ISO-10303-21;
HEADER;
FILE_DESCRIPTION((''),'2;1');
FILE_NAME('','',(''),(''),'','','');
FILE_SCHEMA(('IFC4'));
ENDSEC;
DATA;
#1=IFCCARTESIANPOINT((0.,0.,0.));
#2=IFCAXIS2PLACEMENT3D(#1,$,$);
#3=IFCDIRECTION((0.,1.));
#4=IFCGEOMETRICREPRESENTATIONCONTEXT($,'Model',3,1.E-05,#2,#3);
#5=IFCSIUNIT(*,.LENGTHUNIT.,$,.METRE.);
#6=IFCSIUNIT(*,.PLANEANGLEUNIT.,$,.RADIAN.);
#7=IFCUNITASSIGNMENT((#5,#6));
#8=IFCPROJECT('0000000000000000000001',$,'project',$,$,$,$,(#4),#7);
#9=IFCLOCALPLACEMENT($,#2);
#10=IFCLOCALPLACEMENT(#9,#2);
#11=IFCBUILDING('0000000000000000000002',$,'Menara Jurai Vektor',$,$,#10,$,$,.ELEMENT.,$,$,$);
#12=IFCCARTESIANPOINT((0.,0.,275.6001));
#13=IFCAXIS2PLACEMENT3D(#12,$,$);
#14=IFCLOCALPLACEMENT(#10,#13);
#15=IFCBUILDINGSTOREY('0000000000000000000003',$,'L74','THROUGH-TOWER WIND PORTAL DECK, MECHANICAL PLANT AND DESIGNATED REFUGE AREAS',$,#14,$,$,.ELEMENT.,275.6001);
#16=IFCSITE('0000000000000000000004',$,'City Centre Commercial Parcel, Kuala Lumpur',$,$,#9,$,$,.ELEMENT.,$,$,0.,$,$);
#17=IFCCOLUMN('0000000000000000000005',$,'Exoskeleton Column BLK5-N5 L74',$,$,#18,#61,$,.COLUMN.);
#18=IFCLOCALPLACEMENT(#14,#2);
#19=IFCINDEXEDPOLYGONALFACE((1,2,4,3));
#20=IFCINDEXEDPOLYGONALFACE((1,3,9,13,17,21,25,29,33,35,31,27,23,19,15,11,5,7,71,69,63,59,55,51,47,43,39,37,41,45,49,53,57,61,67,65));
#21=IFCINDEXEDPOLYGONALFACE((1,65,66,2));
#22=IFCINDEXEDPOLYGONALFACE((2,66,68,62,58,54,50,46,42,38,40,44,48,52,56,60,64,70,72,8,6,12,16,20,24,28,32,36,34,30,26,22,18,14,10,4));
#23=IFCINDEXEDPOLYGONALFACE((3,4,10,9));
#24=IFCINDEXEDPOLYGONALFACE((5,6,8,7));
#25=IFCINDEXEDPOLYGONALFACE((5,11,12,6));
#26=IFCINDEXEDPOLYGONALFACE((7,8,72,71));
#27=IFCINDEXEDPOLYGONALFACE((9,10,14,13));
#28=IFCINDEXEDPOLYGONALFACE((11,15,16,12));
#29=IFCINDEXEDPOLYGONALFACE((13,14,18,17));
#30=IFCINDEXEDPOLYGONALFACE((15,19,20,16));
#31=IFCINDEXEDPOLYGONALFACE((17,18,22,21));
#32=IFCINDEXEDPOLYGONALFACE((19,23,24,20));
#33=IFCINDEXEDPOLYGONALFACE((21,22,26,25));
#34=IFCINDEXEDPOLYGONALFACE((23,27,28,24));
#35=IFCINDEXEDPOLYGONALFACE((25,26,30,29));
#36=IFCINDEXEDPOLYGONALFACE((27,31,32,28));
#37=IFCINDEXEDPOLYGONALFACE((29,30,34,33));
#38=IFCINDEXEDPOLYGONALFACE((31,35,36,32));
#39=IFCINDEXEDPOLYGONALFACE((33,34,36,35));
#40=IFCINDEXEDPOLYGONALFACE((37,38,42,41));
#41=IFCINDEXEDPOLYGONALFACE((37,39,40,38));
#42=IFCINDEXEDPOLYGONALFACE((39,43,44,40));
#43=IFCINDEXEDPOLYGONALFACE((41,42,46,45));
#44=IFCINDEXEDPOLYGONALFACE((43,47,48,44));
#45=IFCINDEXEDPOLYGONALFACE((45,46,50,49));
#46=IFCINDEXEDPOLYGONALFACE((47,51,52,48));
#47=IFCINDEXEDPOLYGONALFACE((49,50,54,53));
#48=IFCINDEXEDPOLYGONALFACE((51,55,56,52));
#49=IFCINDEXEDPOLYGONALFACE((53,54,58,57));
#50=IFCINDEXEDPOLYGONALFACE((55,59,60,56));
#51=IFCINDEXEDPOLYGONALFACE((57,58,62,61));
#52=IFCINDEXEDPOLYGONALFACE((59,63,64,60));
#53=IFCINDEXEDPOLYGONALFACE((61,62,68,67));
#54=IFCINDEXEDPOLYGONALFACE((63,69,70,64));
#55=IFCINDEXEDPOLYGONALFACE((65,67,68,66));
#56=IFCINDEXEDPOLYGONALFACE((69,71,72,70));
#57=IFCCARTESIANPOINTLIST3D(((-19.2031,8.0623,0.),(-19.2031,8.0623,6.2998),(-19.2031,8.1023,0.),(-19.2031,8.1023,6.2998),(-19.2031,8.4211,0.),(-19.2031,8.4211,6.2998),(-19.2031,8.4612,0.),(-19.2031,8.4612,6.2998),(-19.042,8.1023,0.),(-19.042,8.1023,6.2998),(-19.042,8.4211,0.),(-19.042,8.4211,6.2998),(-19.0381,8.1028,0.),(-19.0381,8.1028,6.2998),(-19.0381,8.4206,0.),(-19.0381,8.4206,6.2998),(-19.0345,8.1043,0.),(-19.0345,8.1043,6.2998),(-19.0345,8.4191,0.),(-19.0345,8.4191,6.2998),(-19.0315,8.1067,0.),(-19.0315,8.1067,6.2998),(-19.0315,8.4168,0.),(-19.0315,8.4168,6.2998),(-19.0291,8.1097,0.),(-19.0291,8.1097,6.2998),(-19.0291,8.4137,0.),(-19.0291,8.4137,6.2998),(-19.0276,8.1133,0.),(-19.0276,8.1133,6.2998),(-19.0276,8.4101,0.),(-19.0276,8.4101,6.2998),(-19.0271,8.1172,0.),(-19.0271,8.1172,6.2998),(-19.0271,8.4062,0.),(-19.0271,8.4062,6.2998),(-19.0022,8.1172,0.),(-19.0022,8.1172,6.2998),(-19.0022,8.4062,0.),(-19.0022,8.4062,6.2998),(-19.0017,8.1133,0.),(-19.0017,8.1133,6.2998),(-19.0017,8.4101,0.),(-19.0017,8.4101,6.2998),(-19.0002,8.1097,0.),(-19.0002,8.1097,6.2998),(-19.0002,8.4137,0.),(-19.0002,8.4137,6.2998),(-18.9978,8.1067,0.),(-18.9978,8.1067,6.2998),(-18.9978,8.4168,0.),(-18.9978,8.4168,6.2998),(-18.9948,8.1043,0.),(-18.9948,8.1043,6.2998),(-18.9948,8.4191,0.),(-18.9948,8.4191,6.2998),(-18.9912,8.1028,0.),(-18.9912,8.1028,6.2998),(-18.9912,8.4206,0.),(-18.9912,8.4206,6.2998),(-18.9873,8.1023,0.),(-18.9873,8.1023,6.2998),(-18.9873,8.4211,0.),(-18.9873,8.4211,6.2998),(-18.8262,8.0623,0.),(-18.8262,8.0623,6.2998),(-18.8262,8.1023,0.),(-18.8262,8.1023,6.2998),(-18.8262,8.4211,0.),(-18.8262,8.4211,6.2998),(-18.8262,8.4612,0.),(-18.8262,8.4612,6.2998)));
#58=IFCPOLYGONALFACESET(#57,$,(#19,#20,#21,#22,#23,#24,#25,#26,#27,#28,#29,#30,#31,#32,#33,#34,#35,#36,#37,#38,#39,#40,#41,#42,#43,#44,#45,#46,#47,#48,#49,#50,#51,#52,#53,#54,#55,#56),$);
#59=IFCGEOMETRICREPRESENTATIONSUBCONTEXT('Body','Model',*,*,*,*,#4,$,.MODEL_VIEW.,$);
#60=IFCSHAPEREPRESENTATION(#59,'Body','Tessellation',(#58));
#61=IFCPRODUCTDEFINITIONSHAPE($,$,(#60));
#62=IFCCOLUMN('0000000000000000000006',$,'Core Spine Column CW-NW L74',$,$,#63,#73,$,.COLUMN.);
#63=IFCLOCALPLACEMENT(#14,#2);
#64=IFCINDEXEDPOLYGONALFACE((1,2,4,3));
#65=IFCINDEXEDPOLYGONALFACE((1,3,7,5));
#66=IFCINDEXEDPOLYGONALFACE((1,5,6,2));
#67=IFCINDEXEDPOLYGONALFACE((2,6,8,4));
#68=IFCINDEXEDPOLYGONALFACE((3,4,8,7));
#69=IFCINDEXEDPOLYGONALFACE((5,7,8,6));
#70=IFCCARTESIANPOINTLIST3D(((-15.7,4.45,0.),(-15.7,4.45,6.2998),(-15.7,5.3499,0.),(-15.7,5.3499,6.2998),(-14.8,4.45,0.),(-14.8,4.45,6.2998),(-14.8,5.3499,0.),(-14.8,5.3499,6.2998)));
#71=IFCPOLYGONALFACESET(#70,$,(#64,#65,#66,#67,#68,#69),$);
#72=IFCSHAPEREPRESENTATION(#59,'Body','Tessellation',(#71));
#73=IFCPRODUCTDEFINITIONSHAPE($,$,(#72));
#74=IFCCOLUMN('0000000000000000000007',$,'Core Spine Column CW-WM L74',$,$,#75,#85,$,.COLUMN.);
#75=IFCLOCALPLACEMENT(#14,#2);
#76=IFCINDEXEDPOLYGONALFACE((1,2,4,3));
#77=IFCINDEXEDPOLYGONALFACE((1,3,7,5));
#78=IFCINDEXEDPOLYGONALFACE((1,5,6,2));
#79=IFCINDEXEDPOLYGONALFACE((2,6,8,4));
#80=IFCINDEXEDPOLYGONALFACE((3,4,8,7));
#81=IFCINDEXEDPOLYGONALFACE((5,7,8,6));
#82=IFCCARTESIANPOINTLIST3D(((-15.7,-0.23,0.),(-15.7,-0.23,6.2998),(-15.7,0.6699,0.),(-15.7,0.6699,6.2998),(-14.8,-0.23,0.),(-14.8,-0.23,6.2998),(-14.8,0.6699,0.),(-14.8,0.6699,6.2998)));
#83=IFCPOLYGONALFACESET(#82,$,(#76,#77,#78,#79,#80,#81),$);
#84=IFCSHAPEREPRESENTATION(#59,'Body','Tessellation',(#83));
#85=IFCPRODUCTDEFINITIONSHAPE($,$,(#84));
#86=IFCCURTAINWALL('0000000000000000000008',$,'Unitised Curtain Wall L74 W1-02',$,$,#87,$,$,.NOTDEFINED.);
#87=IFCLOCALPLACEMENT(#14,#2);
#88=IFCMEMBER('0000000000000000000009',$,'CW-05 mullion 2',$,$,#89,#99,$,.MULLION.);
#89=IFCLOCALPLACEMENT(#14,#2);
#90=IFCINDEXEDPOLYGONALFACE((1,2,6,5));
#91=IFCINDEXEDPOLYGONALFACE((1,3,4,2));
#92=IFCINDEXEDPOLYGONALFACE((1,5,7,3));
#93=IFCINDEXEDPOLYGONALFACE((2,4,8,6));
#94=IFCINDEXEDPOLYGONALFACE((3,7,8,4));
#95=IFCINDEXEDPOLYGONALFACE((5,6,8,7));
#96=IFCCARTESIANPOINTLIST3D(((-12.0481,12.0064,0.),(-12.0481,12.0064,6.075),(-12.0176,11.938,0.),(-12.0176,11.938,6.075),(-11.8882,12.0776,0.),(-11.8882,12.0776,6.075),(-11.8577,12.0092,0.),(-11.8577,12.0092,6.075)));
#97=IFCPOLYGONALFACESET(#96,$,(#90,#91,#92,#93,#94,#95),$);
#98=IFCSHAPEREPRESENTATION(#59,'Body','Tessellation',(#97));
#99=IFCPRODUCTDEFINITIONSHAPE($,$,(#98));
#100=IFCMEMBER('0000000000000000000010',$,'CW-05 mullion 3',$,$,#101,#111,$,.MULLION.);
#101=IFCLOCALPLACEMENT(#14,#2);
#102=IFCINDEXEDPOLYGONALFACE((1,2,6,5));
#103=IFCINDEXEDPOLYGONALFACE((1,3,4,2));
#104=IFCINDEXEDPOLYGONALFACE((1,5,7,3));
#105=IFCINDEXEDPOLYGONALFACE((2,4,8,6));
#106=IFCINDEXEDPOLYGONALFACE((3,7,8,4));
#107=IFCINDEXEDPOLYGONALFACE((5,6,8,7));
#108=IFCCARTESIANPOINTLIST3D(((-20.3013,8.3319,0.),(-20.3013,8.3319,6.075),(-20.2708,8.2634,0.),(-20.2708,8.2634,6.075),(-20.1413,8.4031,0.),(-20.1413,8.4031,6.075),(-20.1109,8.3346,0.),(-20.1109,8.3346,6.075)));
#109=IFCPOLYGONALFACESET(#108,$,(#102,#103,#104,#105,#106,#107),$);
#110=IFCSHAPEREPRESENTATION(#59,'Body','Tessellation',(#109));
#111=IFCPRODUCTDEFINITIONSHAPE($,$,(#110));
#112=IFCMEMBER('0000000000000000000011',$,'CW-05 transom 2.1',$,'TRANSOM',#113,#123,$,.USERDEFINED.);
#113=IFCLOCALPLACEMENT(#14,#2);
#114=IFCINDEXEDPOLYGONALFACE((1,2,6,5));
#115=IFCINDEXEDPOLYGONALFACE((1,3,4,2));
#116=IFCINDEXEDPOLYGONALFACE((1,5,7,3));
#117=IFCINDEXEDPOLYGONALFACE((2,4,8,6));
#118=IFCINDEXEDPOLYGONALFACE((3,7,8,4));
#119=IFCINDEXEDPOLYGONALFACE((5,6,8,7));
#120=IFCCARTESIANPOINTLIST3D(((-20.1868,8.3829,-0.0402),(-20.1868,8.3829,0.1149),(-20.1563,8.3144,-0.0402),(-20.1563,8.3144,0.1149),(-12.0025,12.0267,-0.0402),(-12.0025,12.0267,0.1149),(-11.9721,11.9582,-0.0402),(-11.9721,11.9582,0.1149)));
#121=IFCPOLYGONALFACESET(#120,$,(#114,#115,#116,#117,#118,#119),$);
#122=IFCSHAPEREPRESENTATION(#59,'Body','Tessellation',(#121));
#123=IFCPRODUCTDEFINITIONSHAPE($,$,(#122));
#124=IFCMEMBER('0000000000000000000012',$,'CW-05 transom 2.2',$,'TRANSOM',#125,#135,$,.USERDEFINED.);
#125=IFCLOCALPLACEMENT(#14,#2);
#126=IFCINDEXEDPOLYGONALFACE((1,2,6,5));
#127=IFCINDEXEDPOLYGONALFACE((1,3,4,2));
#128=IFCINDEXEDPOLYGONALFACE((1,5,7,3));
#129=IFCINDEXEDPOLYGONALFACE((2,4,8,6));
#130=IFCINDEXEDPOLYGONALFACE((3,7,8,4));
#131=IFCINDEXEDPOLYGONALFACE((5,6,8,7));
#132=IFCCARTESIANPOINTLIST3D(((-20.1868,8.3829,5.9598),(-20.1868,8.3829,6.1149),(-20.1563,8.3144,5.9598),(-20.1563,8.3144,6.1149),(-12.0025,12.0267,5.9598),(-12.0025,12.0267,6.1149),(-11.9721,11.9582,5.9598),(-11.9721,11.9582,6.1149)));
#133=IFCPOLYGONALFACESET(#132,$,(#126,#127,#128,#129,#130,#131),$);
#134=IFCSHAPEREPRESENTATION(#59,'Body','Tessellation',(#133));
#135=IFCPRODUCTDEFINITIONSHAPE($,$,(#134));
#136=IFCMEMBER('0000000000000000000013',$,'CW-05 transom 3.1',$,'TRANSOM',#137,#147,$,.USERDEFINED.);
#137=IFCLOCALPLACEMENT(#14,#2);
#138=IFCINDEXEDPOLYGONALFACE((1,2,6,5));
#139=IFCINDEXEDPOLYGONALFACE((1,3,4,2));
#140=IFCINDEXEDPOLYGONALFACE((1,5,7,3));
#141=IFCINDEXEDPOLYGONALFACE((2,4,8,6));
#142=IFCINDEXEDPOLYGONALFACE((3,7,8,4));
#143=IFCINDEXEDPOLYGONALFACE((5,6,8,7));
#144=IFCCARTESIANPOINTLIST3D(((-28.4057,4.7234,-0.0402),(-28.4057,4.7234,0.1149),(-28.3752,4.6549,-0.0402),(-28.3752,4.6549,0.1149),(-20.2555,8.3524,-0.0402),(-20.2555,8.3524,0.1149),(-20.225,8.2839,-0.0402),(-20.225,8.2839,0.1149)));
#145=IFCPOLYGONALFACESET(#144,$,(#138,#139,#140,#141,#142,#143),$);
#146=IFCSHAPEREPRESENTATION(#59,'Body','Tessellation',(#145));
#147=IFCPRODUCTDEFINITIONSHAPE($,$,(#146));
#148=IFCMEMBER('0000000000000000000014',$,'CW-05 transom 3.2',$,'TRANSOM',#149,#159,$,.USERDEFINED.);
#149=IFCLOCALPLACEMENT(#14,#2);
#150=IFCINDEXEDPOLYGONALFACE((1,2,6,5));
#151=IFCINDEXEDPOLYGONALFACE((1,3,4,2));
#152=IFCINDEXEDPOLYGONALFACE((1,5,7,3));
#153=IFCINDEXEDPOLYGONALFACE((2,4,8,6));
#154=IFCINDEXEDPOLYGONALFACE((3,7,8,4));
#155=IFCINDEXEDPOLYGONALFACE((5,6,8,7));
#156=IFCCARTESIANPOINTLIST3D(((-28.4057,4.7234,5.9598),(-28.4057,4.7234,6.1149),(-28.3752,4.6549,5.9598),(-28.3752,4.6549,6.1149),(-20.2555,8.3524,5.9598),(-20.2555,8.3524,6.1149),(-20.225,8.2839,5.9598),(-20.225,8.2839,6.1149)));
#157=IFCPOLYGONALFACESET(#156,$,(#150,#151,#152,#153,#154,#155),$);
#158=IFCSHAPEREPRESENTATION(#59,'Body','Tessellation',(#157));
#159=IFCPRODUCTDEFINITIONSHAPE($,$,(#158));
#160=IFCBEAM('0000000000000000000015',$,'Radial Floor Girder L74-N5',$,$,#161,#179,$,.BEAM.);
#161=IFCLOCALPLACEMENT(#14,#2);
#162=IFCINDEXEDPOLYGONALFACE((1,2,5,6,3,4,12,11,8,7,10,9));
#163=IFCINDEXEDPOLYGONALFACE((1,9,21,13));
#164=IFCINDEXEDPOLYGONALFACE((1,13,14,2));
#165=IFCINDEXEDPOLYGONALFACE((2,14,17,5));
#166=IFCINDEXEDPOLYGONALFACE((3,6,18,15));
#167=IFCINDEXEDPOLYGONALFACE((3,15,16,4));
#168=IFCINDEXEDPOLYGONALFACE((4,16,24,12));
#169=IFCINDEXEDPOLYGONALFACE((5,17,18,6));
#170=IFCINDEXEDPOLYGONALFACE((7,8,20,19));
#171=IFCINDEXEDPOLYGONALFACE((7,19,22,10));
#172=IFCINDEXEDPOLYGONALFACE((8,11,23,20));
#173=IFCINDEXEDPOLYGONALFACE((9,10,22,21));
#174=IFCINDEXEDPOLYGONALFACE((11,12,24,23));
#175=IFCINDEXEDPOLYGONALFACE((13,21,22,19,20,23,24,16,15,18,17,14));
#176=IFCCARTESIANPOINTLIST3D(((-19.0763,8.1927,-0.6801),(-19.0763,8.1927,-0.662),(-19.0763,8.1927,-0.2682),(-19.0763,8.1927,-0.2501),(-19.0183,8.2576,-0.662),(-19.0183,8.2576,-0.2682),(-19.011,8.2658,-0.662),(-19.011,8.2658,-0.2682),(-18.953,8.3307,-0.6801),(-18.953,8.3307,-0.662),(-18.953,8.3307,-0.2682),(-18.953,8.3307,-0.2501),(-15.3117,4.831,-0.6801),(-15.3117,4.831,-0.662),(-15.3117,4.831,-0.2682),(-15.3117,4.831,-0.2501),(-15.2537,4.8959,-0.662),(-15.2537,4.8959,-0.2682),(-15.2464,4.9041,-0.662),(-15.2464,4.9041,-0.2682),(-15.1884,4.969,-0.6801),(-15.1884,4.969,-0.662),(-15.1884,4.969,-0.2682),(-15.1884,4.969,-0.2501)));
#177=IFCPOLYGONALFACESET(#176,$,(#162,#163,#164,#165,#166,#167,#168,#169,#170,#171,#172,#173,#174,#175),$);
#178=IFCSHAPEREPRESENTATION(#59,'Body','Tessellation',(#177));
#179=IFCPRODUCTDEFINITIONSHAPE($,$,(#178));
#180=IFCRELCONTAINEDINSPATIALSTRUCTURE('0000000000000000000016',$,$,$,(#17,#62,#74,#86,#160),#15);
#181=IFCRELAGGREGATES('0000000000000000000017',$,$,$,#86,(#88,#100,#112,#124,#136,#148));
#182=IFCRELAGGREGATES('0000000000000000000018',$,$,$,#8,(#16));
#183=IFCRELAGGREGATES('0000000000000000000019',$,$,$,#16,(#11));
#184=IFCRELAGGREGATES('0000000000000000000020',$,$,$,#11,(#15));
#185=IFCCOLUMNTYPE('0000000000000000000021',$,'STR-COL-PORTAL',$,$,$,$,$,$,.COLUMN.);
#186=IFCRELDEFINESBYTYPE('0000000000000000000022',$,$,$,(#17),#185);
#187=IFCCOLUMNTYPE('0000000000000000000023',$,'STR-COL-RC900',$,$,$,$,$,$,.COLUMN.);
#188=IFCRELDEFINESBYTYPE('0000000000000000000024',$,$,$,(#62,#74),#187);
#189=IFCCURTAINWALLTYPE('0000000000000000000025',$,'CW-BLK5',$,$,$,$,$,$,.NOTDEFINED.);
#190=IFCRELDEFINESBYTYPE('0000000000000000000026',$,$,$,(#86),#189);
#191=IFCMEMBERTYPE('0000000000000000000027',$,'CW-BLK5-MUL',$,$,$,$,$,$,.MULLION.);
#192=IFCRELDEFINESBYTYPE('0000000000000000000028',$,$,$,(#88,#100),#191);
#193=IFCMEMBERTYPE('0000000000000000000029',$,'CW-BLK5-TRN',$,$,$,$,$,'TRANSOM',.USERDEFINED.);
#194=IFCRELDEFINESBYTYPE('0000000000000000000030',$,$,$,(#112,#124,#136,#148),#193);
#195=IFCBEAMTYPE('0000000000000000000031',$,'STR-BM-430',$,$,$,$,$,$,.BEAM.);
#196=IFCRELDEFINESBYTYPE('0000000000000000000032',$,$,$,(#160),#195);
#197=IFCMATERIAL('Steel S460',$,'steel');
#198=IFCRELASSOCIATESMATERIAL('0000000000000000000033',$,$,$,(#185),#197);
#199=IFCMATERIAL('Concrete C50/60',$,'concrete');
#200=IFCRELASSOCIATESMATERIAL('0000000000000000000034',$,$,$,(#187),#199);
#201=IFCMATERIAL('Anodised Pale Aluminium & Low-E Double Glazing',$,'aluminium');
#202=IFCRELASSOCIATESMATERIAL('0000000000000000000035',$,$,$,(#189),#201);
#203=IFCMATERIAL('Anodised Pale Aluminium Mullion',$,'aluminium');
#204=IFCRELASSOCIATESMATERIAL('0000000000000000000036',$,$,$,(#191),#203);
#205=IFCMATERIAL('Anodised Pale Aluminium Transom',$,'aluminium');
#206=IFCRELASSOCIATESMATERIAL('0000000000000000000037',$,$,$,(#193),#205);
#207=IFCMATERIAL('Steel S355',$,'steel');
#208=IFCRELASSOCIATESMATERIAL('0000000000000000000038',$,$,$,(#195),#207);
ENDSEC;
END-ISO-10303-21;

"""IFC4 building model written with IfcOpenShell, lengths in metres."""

from ifc_helpers import new_model, si_unit, direction, frame, origin, origin_2d, place, context, subcontext, project, spatial, rectangle, i_section, extrude, material, material_profile, profile_set, type_object, element, aggregate, save


model = new_model("IFC4")

# Units and contexts
model_context = context("Model", 3, precision=1e-05, world=origin(), true_north=direction((0.0, 1.0)))
body_context = subcontext(model_context, "Body", "Model", "MODEL_VIEW")
ifc_project = project(units=[si_unit("LENGTHUNIT", "METRE"), si_unit("PLANEANGLEUNIT", "RADIAN")], contexts=[model_context])

# Site, building, storey
site_placement = place(None, origin())
site = spatial("IfcSite", under=ifc_project, at=site_placement, Name="City Centre Commercial Parcel, Kuala Lumpur", CompositionType="ELEMENT", RefElevation=0.0)
building_placement = place(site_placement, origin())
building = spatial("IfcBuilding", under=site, at=building_placement, Name="Menara Jurai Vektor", CompositionType="ELEMENT")
storey_placement = place(building_placement, frame((0.0, 0.0, 275.6001)))
storey = spatial("IfcBuildingStorey", under=building, at=storey_placement, Name="L74", Description="THROUGH-TOWER WIND PORTAL DECK, MECHANICAL PLANT AND DESIGNATED REFUGE AREAS", CompositionType="ELEMENT", Elevation=275.6001)

# Columns
ifc_material_1 = material(Name="Steel S460", Category="steel")
ifc_material_profile_1 = material_profile(ifc_material_1, i_section(OverallWidth=0.377, OverallDepth=0.3989, WebThickness=0.0249, FlangeThickness=0.04, FilletRadius=0.0149, at=origin_2d()), Name="HD 360x314")
ifc_profile_set_1 = profile_set([ifc_material_profile_1], Name="Steel S460")
column_type_1 = type_object("IfcColumnType", Name="STR-COL-PORTAL", PredefinedType="COLUMN", material=ifc_profile_set_1)
column_placement = place(storey_placement, frame((-19.0146, 8.2617, 0.0), z_axis=(0.0, 0.0, 1.0), x_axis=(1.0, 0.0, 0.0)))
element("IfcColumn", 1, at=column_placement, inside=storey, type_object=column_type_1, Name="Exoskeleton Column BLK5-N5 L74", PredefinedType="COLUMN", context=body_context, shape_type="SweptSolid", body=[
    extrude(i_section(OverallWidth=0.377, OverallDepth=0.3989, WebThickness=0.0249, FlangeThickness=0.04, FilletRadius=0.0149, at=origin_2d()), origin(), (0.0, 0.0, 1.0), 6.2998),
])
ifc_material_2 = material(Name="Concrete C50/60", Category="concrete")
ifc_material_profile_2 = material_profile(ifc_material_2, rectangle(XDim=0.8999, YDim=0.8999, at=origin_2d()), Name="RC 900x900")
ifc_profile_set_2 = profile_set([ifc_material_profile_2], Name="Concrete C50/60")
column_type_2 = type_object("IfcColumnType", Name="STR-COL-RC900", PredefinedType="COLUMN", material=ifc_profile_set_2)
for number, where, z_axis, x_axis, name in (
    (2, (-15.25, 4.8999, 0.0), (0.0, 0.0, 1.0), (1.0, 0.0, 0.0), "Core Spine Column CW-NW L74"),
    (3, (-15.25, 0.22, 0.0), (0.0, 0.0, 1.0), (1.0, 0.0, 0.0), "Core Spine Column CW-WM L74"),
):
    element("IfcColumn", number, at=place(storey_placement, frame(where, z_axis=z_axis, x_axis=x_axis)), inside=storey, type_object=column_type_2, Name=name, PredefinedType="COLUMN", context=body_context, shape_type="SweptSolid", body=[
        extrude(rectangle(XDim=0.8999, YDim=0.8999, at=origin_2d()), origin(), (0.0, 0.0, 1.0), 6.2998),
    ])

# Curtain wall, members
ifc_material_3 = material(Name="Anodised Pale Aluminium & Low-E Double Glazing", Category="aluminium")
curtain_wall_type = type_object("IfcCurtainWallType", Name="CW-BLK5", PredefinedType="NOTDEFINED", material=ifc_material_3)
curtain_wall_placement = place(storey_placement, origin())
curtain_wall = element("IfcCurtainWall", 4, at=curtain_wall_placement, inside=storey, type_object=curtain_wall_type, Name="Unitised Curtain Wall L74 W1-02", PredefinedType="NOTDEFINED")
ifc_material_4 = material(Name="Anodised Pale Aluminium Mullion", Category="aluminium")
ifc_material_profile_3 = material_profile(ifc_material_4, rectangle(XDim=0.075, YDim=0.175, at=origin_2d()), Name="ALU MUL 75x175")
ifc_profile_set_3 = profile_set([ifc_material_profile_3], Name="Anodised Pale Aluminium Mullion")
member_type_1 = type_object("IfcMemberType", Name="CW-BLK5-MUL", PredefinedType="MULLION", material=ifc_profile_set_3)
member_1_placement = place(storey_placement, frame((-11.9529, 12.0078, 0.0), z_axis=(0.0, 0.0, 1.0), x_axis=(0.406736, -0.913546, 0.0)))
member_1 = element("IfcMember", 5, at=member_1_placement, type_object=member_type_1, Name="CW-05 mullion 2", PredefinedType="MULLION", context=body_context, shape_type="SweptSolid", body=[
    extrude(rectangle(XDim=0.075, YDim=0.175, at=origin_2d()), origin(), (0.0, 0.0, 1.0), 6.075),
])
member_2_placement = place(storey_placement, frame((-20.2061, 8.3333, 0.0), z_axis=(0.0, 0.0, 1.0), x_axis=(0.406736, -0.913546, 0.0)))
member_2 = element("IfcMember", 6, at=member_2_placement, type_object=member_type_1, Name="CW-05 mullion 3", PredefinedType="MULLION", context=body_context, shape_type="SweptSolid", body=[
    extrude(rectangle(XDim=0.075, YDim=0.175, at=origin_2d()), origin(), (0.0, 0.0, 1.0), 6.075),
])
ifc_material_5 = material(Name="Anodised Pale Aluminium Transom", Category="aluminium")
ifc_material_profile_4 = material_profile(ifc_material_5, rectangle(XDim=0.075, YDim=0.155, at=origin_2d()), Name="ALU TRN 75x155")
ifc_profile_set_4 = profile_set([ifc_material_profile_4], Name="Anodised Pale Aluminium Transom")
member_type_2 = type_object("IfcMemberType", Name="CW-BLK5-TRN", ElementType="TRANSOM", PredefinedType="USERDEFINED", material=ifc_profile_set_4)
member_3_placement = place(storey_placement, frame((-11.9873, 11.9924, 0.0374), z_axis=(-0.91355, -0.406728, 0.0), x_axis=(0.406728, -0.91355, 0.0)))
member_3 = element("IfcMember", 7, at=member_3_placement, type_object=member_type_2, Name="CW-05 transom 2.1", ObjectType="TRANSOM", PredefinedType="USERDEFINED", context=body_context, shape_type="SweptSolid", body=[
    extrude(rectangle(XDim=0.075, YDim=0.155, at=origin_2d()), origin(), (0.0, 0.0, 1.0), 8.9587),
])
member_4_placement = place(storey_placement, frame((-11.9873, 11.9924, 6.0374), z_axis=(-0.91355, -0.406728, 0.0), x_axis=(0.406728, -0.91355, 0.0)))
member_4 = element("IfcMember", 8, at=member_4_placement, type_object=member_type_2, Name="CW-05 transom 2.2", ObjectType="TRANSOM", PredefinedType="USERDEFINED", context=body_context, shape_type="SweptSolid", body=[
    extrude(rectangle(XDim=0.075, YDim=0.155, at=origin_2d()), origin(), (0.0, 0.0, 1.0), 8.9587),
])
member_5_placement = place(storey_placement, frame((-20.2402, 8.3181, 0.0374), z_axis=(-0.913536, -0.406758, 0.0), x_axis=(0.406758, -0.913536, 0.0)))
member_5 = element("IfcMember", 9, at=member_5_placement, type_object=member_type_2, Name="CW-05 transom 3.1", ObjectType="TRANSOM", PredefinedType="USERDEFINED", context=body_context, shape_type="SweptSolid", body=[
    extrude(rectangle(XDim=0.075, YDim=0.155, at=origin_2d()), origin(), (0.0, 0.0, 1.0), 8.9216),
])
member_6_placement = place(storey_placement, frame((-20.2402, 8.3181, 6.0374), z_axis=(-0.913536, -0.406758, 0.0), x_axis=(0.406758, -0.913536, 0.0)))
member_6 = element("IfcMember", 10, at=member_6_placement, type_object=member_type_2, Name="CW-05 transom 3.2", ObjectType="TRANSOM", PredefinedType="USERDEFINED", context=body_context, shape_type="SweptSolid", body=[
    extrude(rectangle(XDim=0.075, YDim=0.155, at=origin_2d()), origin(), (0.0, 0.0, 1.0), 8.9216),
])

# Beam
ifc_material_6 = material(Name="Steel S355", Category="steel")
ifc_material_profile_5 = material_profile(ifc_material_6, i_section(OverallWidth=0.1851, OverallDepth=0.4299, WebThickness=0.011, FlangeThickness=0.0181, at=origin_2d()), Name="PG 430x185x76")
ifc_profile_set_5 = profile_set([ifc_material_profile_5], Name="Steel S355")
beam_type_1 = type_object("IfcBeamType", Name="STR-BM-430", PredefinedType="BEAM", material=ifc_profile_set_5)
beam_1_placement = place(storey_placement, frame((-19.0146, 8.2617, -0.4651), z_axis=(0.745886, -0.666073, 0.0), x_axis=(0.666073, 0.745886, 0.0)))
element("IfcBeam", 11, at=beam_1_placement, inside=storey, type_object=beam_type_1, Name="Radial Floor Girder L74-N5", PredefinedType="BEAM", context=body_context, shape_type="SweptSolid", body=[
    extrude(i_section(OverallWidth=0.1851, OverallDepth=0.4299, WebThickness=0.011, FlangeThickness=0.0181, at=origin_2d()), origin(), (0.0, 0.0, 1.0), 5.0471),
])

aggregate(curtain_wall, [member_1, member_2, member_3, member_4, member_5, member_6])

save(model, "model.ifc")
